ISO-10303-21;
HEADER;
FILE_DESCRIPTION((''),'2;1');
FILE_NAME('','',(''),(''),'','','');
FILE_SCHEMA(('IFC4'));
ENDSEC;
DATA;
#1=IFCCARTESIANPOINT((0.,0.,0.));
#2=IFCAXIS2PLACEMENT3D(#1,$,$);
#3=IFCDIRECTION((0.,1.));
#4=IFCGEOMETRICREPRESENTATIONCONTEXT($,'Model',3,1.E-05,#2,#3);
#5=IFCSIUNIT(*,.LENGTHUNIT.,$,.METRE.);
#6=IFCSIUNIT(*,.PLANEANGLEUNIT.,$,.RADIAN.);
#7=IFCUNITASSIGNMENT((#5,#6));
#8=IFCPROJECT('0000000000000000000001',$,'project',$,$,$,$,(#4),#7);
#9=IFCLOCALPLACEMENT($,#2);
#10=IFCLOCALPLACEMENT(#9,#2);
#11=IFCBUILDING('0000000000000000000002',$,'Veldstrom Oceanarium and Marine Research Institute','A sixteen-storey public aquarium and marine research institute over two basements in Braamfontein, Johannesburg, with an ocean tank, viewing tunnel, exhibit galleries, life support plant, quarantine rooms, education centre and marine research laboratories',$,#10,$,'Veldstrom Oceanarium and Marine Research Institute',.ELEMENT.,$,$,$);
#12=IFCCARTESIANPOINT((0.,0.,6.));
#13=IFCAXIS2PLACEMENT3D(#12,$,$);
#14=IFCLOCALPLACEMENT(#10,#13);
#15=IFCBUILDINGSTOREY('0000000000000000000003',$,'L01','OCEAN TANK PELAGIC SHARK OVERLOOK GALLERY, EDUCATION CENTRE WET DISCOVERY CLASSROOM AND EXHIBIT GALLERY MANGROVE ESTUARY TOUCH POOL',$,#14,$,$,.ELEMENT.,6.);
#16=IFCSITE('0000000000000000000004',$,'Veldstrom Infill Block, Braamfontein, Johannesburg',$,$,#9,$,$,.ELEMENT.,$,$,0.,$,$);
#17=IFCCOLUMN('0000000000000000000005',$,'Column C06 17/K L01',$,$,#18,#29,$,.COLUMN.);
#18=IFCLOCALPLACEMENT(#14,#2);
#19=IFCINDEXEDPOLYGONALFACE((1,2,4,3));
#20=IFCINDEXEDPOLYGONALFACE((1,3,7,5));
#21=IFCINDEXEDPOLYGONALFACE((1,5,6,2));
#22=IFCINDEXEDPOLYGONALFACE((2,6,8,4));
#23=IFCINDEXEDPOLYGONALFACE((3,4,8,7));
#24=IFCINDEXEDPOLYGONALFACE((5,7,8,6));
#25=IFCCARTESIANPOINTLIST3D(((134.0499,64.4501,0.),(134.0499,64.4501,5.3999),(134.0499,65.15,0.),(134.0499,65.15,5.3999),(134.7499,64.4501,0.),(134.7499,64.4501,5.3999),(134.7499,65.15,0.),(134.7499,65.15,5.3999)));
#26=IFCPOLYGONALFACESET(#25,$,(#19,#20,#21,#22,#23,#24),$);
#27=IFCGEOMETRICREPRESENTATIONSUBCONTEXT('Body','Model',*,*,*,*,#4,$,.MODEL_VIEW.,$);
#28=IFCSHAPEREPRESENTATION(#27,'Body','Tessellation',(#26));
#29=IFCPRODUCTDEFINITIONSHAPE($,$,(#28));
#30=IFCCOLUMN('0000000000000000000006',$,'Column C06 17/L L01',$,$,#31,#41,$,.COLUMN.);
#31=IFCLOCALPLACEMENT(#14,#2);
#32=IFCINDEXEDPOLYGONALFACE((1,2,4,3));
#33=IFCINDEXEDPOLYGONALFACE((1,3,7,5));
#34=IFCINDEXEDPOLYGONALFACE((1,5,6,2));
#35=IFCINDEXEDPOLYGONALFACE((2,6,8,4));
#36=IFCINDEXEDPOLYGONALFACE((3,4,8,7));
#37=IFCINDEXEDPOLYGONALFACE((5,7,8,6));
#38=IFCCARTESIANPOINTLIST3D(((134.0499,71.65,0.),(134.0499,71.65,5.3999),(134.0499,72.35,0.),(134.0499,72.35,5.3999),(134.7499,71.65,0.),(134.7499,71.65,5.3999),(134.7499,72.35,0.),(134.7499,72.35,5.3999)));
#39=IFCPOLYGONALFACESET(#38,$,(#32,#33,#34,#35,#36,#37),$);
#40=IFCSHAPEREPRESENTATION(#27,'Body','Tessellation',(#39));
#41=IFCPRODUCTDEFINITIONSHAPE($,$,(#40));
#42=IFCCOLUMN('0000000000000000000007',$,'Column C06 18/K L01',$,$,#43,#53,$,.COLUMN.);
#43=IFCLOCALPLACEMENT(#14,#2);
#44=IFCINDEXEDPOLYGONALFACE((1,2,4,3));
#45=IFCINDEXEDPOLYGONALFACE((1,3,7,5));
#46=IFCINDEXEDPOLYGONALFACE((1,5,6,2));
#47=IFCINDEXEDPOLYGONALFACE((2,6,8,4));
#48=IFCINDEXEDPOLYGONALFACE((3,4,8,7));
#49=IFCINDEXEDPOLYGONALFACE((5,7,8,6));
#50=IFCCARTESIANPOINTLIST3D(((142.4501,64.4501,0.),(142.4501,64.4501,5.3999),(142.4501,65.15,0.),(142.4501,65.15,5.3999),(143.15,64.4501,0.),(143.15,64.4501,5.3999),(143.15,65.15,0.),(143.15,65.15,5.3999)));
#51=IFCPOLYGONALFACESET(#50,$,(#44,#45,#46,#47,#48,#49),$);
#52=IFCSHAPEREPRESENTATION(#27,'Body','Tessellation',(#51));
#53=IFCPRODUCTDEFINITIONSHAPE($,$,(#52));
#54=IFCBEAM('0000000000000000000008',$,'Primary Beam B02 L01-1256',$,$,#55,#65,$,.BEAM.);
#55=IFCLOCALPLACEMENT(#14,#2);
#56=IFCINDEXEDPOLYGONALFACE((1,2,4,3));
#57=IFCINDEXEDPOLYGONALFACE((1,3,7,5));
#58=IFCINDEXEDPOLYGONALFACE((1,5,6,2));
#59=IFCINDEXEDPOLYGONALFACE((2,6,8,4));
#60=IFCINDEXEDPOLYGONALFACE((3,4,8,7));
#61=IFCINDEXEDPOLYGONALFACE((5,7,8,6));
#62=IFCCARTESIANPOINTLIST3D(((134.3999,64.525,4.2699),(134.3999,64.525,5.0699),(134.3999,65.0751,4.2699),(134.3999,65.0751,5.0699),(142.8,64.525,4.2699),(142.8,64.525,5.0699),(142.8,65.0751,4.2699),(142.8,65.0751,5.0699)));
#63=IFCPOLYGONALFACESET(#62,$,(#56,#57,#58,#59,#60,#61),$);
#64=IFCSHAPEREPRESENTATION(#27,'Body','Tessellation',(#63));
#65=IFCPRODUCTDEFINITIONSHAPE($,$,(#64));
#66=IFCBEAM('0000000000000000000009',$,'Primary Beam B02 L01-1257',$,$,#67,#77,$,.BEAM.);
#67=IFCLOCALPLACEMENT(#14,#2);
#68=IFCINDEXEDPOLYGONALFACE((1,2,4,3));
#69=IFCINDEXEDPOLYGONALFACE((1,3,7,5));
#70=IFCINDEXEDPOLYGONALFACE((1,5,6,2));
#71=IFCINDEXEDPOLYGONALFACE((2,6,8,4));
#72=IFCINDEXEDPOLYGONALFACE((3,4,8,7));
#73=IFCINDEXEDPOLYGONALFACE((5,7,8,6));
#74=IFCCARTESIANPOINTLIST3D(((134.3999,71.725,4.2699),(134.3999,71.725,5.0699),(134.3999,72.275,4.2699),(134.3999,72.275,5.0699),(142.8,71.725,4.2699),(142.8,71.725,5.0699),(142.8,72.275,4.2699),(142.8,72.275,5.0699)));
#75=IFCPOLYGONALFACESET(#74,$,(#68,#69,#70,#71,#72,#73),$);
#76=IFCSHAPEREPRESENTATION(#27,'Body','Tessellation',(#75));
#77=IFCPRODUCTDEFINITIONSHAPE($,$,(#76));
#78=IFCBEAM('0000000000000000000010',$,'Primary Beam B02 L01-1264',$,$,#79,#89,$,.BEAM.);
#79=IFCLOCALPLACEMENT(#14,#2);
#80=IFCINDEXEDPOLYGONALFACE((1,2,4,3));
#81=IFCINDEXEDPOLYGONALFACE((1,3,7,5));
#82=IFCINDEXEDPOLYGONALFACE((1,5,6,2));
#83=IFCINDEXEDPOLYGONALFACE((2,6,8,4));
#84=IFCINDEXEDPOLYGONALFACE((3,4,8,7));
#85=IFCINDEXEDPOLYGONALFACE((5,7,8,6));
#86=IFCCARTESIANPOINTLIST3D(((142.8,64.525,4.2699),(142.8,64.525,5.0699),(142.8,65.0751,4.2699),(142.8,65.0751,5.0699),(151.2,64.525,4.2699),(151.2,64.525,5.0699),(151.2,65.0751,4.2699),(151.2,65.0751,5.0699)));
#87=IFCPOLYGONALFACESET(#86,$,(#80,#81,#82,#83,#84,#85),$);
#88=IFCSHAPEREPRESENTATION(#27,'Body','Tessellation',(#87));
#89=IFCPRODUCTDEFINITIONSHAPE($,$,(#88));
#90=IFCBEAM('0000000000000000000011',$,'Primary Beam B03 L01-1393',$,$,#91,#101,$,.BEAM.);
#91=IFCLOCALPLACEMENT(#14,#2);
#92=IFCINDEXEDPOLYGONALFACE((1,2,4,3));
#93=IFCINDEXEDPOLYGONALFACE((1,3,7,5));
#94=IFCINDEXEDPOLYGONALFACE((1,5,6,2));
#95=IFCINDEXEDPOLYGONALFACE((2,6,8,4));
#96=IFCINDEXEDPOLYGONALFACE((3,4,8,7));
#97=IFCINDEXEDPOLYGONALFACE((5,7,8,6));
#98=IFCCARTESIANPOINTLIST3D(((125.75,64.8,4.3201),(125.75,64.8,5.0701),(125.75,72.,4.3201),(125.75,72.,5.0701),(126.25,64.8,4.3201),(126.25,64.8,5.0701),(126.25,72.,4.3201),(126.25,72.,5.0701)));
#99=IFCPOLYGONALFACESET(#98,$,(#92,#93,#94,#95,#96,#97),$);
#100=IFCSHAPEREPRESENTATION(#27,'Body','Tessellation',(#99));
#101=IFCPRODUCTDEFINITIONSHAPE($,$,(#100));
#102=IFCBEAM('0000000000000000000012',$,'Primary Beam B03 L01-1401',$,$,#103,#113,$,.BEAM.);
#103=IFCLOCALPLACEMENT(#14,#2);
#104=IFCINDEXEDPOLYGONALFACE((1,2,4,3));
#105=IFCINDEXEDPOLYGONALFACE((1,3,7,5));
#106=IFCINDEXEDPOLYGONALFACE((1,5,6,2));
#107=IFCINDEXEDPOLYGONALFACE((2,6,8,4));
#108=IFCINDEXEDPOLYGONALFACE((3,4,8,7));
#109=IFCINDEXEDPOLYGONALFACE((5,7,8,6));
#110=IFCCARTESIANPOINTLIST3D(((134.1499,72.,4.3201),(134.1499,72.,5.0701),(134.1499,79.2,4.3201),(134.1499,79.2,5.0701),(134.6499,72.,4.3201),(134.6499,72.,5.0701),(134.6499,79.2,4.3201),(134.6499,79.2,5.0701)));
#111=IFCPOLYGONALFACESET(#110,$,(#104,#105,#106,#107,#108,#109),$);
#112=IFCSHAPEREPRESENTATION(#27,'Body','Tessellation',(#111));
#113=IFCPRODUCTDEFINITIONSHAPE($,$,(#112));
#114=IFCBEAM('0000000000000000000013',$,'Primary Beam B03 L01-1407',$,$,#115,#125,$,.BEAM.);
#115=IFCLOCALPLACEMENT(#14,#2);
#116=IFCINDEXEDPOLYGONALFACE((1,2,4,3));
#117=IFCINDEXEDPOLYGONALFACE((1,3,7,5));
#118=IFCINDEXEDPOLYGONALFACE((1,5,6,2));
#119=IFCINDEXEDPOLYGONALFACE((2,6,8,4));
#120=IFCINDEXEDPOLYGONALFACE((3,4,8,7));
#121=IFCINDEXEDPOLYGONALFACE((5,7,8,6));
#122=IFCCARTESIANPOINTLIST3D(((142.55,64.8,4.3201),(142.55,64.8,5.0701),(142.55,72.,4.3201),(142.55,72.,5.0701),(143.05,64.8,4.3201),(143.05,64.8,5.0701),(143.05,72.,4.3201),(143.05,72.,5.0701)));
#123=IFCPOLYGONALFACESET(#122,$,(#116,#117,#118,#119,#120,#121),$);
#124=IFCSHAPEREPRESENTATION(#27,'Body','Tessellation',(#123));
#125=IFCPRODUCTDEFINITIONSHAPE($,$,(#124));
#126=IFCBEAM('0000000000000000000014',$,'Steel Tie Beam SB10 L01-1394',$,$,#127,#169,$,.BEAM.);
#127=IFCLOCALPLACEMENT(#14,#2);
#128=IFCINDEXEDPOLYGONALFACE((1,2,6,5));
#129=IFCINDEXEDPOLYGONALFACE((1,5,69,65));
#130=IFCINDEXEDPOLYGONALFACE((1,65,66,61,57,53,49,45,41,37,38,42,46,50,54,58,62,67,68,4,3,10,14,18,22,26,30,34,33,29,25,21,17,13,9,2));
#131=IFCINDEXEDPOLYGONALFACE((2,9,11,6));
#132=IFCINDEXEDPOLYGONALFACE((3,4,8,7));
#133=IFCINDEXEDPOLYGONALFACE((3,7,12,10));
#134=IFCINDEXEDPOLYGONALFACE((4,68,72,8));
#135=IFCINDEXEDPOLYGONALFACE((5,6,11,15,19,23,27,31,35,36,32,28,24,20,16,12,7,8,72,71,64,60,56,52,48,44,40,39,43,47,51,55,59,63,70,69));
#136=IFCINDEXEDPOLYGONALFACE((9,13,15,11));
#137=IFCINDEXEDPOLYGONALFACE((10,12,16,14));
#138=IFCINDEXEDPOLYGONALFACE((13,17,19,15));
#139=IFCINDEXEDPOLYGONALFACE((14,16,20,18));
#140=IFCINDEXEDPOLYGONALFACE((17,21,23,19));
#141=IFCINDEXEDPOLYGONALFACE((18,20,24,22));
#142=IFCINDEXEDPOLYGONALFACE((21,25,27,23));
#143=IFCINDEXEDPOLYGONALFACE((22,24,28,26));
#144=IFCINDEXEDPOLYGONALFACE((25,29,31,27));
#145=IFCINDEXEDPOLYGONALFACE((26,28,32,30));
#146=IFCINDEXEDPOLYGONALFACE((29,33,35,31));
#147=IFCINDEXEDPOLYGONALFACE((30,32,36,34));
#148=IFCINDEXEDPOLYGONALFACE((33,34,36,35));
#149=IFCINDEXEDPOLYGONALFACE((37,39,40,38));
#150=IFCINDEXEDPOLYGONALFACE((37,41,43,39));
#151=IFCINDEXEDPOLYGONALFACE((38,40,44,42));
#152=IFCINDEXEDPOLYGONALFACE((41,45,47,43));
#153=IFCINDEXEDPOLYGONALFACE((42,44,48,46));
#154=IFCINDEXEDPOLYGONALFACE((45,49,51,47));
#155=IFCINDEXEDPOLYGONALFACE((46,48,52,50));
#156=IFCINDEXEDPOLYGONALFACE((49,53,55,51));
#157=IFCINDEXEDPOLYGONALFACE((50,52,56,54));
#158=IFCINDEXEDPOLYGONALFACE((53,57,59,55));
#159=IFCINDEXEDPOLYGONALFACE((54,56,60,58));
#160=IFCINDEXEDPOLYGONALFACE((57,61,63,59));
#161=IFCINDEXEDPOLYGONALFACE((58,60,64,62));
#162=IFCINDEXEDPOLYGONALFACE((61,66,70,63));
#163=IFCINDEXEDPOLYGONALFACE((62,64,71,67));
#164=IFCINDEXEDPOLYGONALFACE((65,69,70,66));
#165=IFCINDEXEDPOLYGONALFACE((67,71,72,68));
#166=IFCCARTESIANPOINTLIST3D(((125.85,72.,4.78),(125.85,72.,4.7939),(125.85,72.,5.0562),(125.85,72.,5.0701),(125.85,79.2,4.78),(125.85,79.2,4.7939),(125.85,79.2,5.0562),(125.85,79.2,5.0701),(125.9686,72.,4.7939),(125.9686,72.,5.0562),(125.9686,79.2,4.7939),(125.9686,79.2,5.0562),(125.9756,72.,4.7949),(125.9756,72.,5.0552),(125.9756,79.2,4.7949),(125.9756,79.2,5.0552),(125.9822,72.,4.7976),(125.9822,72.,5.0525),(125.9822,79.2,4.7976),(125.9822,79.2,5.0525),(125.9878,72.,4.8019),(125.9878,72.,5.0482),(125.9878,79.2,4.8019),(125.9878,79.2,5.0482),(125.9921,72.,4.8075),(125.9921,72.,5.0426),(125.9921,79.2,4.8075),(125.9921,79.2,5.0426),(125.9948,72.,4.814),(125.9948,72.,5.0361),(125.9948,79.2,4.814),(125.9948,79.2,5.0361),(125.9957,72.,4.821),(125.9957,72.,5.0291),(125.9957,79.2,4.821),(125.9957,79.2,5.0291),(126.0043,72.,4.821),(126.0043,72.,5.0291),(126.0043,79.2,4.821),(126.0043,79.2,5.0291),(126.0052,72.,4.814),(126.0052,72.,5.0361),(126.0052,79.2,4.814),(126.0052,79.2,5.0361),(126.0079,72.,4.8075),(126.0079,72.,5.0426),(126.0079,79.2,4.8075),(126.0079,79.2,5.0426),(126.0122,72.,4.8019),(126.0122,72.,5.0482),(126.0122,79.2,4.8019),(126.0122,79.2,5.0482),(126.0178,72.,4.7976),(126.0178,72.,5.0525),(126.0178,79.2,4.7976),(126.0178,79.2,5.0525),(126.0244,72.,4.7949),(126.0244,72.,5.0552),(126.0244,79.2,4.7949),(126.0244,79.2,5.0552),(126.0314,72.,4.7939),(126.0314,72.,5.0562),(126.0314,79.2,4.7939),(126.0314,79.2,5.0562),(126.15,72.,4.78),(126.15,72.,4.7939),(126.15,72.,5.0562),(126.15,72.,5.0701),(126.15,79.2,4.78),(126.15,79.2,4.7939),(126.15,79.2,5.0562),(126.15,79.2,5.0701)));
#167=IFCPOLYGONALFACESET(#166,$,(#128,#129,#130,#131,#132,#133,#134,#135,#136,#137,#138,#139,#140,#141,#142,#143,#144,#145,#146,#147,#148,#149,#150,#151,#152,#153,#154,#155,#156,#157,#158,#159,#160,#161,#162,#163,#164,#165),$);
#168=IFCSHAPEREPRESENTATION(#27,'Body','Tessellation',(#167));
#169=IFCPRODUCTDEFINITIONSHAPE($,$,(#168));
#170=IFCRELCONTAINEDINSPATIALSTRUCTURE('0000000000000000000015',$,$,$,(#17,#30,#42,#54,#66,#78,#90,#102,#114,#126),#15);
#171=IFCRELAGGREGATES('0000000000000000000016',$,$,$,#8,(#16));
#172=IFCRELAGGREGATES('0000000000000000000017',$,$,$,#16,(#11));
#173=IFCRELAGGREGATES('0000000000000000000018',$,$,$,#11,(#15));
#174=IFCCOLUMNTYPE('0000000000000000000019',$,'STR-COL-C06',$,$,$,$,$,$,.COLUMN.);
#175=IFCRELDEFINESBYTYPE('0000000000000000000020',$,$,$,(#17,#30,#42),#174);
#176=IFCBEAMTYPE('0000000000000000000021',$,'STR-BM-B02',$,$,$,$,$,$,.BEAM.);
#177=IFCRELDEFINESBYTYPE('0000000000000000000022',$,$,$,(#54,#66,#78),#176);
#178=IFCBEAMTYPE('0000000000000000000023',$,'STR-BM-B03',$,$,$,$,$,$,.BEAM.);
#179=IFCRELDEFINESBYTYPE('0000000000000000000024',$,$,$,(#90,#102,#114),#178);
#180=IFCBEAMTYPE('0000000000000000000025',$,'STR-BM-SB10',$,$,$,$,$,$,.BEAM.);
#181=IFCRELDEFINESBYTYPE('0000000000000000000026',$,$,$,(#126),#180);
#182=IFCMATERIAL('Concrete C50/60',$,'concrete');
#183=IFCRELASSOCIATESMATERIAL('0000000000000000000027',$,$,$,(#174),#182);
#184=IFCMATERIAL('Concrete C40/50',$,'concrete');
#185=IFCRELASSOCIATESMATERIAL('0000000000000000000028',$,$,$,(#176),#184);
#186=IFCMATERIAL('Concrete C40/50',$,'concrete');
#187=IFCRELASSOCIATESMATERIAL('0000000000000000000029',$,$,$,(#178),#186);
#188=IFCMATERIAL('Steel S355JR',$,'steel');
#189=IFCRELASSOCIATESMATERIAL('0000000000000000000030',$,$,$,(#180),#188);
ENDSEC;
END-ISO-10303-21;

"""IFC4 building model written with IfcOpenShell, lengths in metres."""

from ifc_helpers import new_model, si_unit, direction, frame, origin, origin_2d, place, context, subcontext, project, spatial, rectangle, i_section, extrude, material, material_profile, profile_set, type_object, element, save


model = new_model("IFC4")

# Units and contexts
model_context = context("Model", 3, precision=1e-05, world=origin(), true_north=direction((0.0, 1.0)))
body_context = subcontext(model_context, "Body", "Model", "MODEL_VIEW")
ifc_project = project(units=[si_unit("LENGTHUNIT", "METRE"), si_unit("PLANEANGLEUNIT", "RADIAN")], contexts=[model_context])

# Site, building, storey
site_placement = place(None, origin())
site = spatial("IfcSite", under=ifc_project, at=site_placement, Name="Veldstrom Infill Block, Braamfontein, Johannesburg", CompositionType="ELEMENT", RefElevation=0.0)
building_placement = place(site_placement, origin())
building = spatial("IfcBuilding", under=site, at=building_placement, Name="Veldstrom Oceanarium and Marine Research Institute", Description="A sixteen-storey public aquarium and marine research institute over two basements in Braamfontein, Johannesburg, with an ocean tank, viewing tunnel, exhibit galleries, life support plant, quarantine rooms, education centre and marine research laboratories", LongName="Veldstrom Oceanarium and Marine Research Institute", CompositionType="ELEMENT")
storey_placement = place(building_placement, frame((0.0, 0.0, 6.0)))
storey = spatial("IfcBuildingStorey", under=building, at=storey_placement, Name="L01", Description="OCEAN TANK PELAGIC SHARK OVERLOOK GALLERY, EDUCATION CENTRE WET DISCOVERY CLASSROOM AND EXHIBIT GALLERY MANGROVE ESTUARY TOUCH POOL", CompositionType="ELEMENT", Elevation=6.0)

# Columns
ifc_material_1 = material(Name="Concrete C50/60", Category="concrete")
ifc_material_profile_1 = material_profile(ifc_material_1, rectangle(XDim=0.7, YDim=0.7, at=origin_2d()), Name="RC-COL-700x700")
ifc_profile_set_1 = profile_set([ifc_material_profile_1], Name="Concrete C50/60")
column_type = type_object("IfcColumnType", Name="STR-COL-C06", PredefinedType="COLUMN", material=ifc_profile_set_1)
for number, where, z_axis, x_axis, name in (
    (1, (134.3999, 64.8, 0.0), (0.0, 0.0, 1.0), (1.0, 0.0, 0.0), "Column C06 17/K L01"),
    (2, (134.3999, 72.0, 0.0), (0.0, 0.0, 1.0), (1.0, 0.0, 0.0), "Column C06 17/L L01"),
    (3, (142.8, 64.8, 0.0), (0.0, 0.0, 1.0), (1.0, 0.0, 0.0), "Column C06 18/K L01"),
):
    element("IfcColumn", number, at=place(storey_placement, frame(where, z_axis=z_axis, x_axis=x_axis)), inside=storey, type_object=column_type, Name=name, PredefinedType="COLUMN", context=body_context, shape_type="SweptSolid", body=[
        extrude(rectangle(XDim=0.7, YDim=0.7, at=origin_2d()), origin(), (0.0, 0.0, 1.0), 5.3999),
    ])

# Beams
ifc_material_2 = material(Name="Concrete C40/50", Category="concrete")
ifc_material_profile_2 = material_profile(ifc_material_2, rectangle(XDim=0.55, YDim=0.8, at=origin_2d()), Name="RC-BM-550x800")
ifc_profile_set_2 = profile_set([ifc_material_profile_2], Name="Concrete C40/50")
beam_type_1 = type_object("IfcBeamType", Name="STR-BM-B02", PredefinedType="BEAM", material=ifc_profile_set_2)
for number, where, z_axis, x_axis, name in (
    (4, (134.3999, 64.8, 4.6699), (1.0, 0.0, 0.0), (0.0, 1.0, 0.0), "Primary Beam B02 L01-1256"),
    (5, (134.3999, 72.0, 4.6699), (1.0, 0.0, 0.0), (0.0, 1.0, 0.0), "Primary Beam B02 L01-1257"),
):
    element("IfcBeam", number, at=place(storey_placement, frame(where, z_axis=z_axis, x_axis=x_axis)), inside=storey, type_object=beam_type_1, Name=name, PredefinedType="BEAM", context=body_context, shape_type="SweptSolid", body=[
        extrude(rectangle(XDim=0.55, YDim=0.8, at=origin_2d()), origin(), (0.0, 0.0, 1.0), 8.4001),
    ])
beam_1_placement = place(storey_placement, frame((142.8, 64.8, 4.6699), z_axis=(1.0, 0.0, 0.0), x_axis=(0.0, 1.0, 0.0)))
element("IfcBeam", 6, at=beam_1_placement, inside=storey, type_object=beam_type_1, Name="Primary Beam B02 L01-1264", PredefinedType="BEAM", context=body_context, shape_type="SweptSolid", body=[
    extrude(rectangle(XDim=0.55, YDim=0.8, at=origin_2d()), origin(), (0.0, 0.0, 1.0), 8.3999),
])
ifc_material_3 = material(Name="Concrete C40/50", Category="concrete")
ifc_material_profile_3 = material_profile(ifc_material_3, rectangle(XDim=0.5, YDim=0.75, at=origin_2d()), Name="RC-BM-500x750")
ifc_profile_set_3 = profile_set([ifc_material_profile_3], Name="Concrete C40/50")
beam_type_2 = type_object("IfcBeamType", Name="STR-BM-B03", PredefinedType="BEAM", material=ifc_profile_set_3)
for number, where, z_axis, x_axis, name in (
    (7, (126.0, 64.8, 4.6951), (0.0, 1.0, 0.0), (-1.0, 0.0, 0.0), "Primary Beam B03 L01-1393"),
    (8, (134.3999, 72.0, 4.6951), (0.0, 1.0, 0.0), (-1.0, 0.0, 0.0), "Primary Beam B03 L01-1401"),
    (9, (142.8, 64.8, 4.6951), (0.0, 1.0, 0.0), (-1.0, 0.0, 0.0), "Primary Beam B03 L01-1407"),
):
    element("IfcBeam", number, at=place(storey_placement, frame(where, z_axis=z_axis, x_axis=x_axis)), inside=storey, type_object=beam_type_2, Name=name, PredefinedType="BEAM", context=body_context, shape_type="SweptSolid", body=[
        extrude(rectangle(XDim=0.5, YDim=0.75, at=origin_2d()), origin(), (0.0, 0.0, 1.0), 7.2),
    ])
ifc_material_4 = material(Name="Steel S355JR", Category="steel")
ifc_material_profile_4 = material_profile(ifc_material_4, i_section(OverallWidth=0.3, OverallDepth=0.29, WebThickness=0.0085, FlangeThickness=0.0139, FilletRadius=0.0271, at=origin_2d()), Name="HEA 300")
ifc_profile_set_4 = profile_set([ifc_material_profile_4], Name="Steel S355JR")
beam_type_3 = type_object("IfcBeamType", Name="STR-BM-SB10", PredefinedType="BEAM", material=ifc_profile_set_4)
for number, where, z_axis, x_axis, name in (
    (10, (126.0, 72.0, 4.925), (0.0, 1.0, 0.0), (-1.0, 0.0, 0.0), "Steel Tie Beam SB10 L01-1394"),
):
    element("IfcBeam", number, at=place(storey_placement, frame(where, z_axis=z_axis, x_axis=x_axis)), inside=storey, type_object=beam_type_3, Name=name, PredefinedType="BEAM", context=body_context, shape_type="SweptSolid", body=[
        extrude(i_section(OverallWidth=0.3, OverallDepth=0.29, WebThickness=0.0085, FlangeThickness=0.0139, FilletRadius=0.0271, at=origin_2d()), origin(), (0.0, 0.0, 1.0), 7.2),
    ])

save(model, "model.ifc")
